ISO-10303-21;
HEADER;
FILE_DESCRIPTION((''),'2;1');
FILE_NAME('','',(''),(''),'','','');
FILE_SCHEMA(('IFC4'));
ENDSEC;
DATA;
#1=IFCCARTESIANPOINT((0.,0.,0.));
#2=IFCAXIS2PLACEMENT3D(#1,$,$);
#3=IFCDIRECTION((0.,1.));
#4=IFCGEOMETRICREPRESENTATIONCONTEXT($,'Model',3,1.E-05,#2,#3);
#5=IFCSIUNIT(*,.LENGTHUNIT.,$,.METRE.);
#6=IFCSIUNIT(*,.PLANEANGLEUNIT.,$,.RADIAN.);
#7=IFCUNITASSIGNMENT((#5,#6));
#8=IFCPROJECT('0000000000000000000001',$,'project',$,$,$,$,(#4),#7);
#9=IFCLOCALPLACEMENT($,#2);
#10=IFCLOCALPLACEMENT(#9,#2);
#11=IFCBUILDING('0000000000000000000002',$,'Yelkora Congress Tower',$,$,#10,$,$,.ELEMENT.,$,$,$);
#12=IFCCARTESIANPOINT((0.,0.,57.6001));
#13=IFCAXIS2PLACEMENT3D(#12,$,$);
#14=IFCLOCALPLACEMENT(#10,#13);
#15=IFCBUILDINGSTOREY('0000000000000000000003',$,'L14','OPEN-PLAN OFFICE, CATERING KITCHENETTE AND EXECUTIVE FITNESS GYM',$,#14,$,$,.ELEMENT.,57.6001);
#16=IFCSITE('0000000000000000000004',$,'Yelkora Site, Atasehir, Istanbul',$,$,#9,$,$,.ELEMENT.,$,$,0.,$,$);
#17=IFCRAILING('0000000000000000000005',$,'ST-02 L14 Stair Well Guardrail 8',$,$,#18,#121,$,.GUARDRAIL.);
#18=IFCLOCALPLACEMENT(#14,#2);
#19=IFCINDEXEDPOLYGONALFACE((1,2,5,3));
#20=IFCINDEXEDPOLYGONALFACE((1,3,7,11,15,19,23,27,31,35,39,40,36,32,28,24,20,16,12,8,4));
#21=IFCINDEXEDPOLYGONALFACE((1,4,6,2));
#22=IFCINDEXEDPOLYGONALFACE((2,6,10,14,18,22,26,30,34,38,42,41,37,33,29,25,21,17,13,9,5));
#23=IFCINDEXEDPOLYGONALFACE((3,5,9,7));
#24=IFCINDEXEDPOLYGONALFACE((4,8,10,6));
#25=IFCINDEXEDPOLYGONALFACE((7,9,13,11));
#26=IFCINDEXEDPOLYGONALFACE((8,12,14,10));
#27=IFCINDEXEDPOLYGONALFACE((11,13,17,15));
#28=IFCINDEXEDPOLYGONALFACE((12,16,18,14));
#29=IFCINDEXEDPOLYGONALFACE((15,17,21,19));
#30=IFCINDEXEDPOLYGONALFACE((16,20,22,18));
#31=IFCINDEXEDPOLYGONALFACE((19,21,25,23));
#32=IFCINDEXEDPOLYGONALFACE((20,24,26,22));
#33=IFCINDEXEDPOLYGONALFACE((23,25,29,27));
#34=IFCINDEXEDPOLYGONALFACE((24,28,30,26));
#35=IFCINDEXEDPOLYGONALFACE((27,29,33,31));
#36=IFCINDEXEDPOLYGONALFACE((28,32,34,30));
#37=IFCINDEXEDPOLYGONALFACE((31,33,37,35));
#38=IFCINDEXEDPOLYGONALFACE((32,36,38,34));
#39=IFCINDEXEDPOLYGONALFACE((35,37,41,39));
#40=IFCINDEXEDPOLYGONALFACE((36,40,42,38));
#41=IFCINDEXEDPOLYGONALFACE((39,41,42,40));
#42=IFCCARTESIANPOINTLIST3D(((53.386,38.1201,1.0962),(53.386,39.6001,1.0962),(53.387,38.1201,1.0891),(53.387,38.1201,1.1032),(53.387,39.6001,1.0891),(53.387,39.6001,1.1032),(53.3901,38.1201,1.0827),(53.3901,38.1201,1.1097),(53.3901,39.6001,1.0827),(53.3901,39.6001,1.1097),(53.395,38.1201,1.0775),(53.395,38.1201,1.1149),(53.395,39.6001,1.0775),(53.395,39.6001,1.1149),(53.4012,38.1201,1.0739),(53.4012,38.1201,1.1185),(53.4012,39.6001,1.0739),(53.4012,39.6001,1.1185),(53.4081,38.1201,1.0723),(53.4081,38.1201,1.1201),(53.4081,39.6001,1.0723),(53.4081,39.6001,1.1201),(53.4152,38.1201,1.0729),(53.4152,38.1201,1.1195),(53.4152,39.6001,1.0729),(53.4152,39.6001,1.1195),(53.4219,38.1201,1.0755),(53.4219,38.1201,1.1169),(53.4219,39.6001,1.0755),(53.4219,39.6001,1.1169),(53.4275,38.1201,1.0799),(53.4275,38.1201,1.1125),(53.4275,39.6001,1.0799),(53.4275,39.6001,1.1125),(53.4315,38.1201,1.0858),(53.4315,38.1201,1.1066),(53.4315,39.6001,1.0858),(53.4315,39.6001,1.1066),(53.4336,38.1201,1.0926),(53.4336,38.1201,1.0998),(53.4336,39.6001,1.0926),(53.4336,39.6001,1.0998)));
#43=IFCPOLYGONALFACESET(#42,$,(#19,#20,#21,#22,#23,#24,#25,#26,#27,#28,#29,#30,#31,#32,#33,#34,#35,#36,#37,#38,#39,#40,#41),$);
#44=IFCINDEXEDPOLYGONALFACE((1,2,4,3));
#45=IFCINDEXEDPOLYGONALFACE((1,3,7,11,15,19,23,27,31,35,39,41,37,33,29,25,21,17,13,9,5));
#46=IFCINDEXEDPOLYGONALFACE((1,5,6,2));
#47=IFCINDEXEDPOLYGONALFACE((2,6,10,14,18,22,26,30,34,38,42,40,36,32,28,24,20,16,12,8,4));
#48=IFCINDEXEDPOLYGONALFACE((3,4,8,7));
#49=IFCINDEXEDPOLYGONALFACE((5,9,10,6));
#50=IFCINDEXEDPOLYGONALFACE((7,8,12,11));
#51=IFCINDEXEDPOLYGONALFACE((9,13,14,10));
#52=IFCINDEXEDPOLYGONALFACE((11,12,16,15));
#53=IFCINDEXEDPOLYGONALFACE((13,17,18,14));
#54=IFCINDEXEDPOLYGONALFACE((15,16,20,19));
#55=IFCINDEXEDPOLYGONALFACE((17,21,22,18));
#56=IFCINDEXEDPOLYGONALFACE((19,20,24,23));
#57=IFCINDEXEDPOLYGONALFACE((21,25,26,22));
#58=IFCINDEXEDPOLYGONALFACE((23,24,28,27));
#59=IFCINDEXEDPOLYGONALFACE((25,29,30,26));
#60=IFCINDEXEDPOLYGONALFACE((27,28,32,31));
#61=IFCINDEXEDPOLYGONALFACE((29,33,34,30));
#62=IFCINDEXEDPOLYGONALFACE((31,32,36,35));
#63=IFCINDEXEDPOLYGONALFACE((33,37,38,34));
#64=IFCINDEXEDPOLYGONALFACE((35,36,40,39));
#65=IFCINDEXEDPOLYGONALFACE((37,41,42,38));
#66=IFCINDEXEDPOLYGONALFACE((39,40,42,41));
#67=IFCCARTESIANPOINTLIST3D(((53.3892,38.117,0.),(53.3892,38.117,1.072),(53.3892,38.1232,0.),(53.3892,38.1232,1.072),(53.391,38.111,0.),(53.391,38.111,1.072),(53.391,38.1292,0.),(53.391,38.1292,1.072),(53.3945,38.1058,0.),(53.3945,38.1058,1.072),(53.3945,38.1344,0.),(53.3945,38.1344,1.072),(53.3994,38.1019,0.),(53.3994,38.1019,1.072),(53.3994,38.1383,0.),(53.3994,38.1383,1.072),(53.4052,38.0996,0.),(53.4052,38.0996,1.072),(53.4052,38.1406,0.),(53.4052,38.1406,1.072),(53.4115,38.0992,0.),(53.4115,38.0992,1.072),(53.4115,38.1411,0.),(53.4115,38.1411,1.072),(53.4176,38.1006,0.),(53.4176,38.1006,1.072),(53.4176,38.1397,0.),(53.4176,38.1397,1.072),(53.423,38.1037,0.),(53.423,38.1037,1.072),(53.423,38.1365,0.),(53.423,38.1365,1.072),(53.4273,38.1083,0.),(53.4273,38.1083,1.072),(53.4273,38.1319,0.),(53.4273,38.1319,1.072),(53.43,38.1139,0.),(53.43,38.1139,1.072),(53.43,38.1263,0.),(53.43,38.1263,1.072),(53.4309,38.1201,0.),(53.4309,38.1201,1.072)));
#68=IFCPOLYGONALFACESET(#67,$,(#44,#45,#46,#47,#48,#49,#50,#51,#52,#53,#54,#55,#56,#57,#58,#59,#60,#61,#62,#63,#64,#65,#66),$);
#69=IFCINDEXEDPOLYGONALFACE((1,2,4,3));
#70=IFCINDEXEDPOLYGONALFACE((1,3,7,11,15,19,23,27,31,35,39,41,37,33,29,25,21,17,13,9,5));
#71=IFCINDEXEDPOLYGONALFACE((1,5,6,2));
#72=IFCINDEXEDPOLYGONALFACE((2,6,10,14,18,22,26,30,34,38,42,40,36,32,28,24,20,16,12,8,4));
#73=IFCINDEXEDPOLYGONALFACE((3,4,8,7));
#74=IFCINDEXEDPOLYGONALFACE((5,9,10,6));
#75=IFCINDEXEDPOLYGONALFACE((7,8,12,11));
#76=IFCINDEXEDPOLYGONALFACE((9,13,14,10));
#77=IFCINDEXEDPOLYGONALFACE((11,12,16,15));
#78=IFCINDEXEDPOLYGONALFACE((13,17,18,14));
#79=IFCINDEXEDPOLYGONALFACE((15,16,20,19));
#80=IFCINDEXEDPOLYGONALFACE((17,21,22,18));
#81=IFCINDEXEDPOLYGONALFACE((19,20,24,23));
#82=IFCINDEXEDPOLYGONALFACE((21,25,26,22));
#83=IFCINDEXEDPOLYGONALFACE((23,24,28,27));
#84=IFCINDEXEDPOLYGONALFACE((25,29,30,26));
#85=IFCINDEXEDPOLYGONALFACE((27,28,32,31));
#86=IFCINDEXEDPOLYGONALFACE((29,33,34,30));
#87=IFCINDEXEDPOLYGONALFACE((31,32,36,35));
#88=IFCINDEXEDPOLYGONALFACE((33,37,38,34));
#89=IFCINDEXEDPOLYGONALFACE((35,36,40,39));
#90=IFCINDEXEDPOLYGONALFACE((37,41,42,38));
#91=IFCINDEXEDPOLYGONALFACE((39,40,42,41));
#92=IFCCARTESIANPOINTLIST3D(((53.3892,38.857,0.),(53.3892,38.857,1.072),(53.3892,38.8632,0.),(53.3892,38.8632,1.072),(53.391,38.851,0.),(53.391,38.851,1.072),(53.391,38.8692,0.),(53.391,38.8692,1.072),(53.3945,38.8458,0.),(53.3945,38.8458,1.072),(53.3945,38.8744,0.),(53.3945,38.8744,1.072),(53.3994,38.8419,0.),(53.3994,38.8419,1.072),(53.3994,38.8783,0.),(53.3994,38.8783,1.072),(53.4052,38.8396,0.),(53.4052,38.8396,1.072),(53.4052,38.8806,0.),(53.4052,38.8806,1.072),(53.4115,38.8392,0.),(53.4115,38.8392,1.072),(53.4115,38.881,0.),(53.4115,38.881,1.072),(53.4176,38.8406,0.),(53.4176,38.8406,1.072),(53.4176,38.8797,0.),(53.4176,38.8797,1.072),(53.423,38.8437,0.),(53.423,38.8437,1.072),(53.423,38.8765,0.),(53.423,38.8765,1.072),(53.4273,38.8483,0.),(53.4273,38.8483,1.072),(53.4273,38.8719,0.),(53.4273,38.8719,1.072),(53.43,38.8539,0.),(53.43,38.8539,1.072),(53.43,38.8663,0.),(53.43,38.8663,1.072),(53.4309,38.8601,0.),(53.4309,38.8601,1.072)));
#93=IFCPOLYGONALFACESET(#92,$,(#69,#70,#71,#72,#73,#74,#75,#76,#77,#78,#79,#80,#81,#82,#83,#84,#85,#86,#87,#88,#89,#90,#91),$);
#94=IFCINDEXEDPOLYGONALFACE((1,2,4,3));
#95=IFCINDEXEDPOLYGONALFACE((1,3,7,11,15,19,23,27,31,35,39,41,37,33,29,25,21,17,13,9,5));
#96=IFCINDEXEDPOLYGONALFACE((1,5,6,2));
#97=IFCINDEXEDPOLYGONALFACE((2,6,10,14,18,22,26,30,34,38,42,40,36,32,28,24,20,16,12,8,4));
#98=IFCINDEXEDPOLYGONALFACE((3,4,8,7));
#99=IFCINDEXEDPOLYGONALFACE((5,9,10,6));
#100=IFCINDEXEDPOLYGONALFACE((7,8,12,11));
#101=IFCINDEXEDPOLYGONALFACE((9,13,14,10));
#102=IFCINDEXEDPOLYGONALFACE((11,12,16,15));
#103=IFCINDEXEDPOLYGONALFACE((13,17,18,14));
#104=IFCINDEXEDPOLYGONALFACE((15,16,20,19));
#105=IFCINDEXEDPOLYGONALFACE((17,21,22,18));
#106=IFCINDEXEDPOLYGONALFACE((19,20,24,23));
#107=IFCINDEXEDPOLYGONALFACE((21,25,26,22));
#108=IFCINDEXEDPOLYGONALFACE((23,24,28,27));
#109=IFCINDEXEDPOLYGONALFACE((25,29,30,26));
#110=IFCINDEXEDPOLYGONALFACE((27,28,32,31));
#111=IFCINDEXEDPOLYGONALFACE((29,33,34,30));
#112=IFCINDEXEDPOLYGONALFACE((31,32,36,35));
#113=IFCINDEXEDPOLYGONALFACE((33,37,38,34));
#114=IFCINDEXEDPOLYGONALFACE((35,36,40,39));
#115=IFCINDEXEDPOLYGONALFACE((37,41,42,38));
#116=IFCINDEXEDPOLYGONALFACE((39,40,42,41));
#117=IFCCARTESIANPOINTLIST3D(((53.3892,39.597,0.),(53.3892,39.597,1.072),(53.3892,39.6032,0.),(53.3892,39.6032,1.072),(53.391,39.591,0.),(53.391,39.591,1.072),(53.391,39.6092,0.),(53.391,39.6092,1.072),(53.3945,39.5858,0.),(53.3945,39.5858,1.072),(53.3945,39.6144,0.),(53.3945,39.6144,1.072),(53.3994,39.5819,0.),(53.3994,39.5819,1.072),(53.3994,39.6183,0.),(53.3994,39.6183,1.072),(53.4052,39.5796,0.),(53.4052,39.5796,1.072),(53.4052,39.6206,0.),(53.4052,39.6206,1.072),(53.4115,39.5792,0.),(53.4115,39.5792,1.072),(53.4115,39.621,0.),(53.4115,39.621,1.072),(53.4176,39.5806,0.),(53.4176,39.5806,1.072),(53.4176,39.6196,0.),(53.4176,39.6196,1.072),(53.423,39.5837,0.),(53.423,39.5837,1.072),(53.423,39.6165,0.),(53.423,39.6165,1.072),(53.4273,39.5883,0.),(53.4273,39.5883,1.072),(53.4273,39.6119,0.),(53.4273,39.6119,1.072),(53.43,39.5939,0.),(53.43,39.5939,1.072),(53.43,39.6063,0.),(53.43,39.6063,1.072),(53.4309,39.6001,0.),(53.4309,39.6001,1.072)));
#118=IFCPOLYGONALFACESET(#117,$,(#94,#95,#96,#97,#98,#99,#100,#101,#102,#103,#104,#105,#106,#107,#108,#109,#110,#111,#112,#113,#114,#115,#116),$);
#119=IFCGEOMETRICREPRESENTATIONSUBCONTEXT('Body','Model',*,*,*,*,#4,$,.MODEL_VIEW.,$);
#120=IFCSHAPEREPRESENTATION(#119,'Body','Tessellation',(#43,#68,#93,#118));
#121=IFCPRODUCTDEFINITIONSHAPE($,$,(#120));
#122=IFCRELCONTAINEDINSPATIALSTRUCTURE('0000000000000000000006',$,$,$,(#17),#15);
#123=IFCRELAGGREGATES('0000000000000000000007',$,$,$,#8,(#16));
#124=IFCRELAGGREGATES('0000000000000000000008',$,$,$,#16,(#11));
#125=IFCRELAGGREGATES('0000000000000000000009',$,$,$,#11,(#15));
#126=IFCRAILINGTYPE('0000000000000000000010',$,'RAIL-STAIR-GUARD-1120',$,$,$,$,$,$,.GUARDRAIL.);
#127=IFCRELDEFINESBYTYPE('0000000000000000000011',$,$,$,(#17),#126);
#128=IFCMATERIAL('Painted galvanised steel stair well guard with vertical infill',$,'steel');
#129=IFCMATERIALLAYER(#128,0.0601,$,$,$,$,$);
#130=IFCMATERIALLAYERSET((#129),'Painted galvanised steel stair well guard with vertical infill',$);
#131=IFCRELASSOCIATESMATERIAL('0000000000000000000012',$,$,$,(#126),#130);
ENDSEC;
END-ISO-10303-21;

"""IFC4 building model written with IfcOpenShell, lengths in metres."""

from ifc_helpers import new_model, si_unit, direction, frame, origin, origin_2d, place, context, subcontext, project, spatial, circle, extrude, material, layer, layer_set, type_object, element, save


model = new_model("IFC4")

# Units and contexts
model_context = context("Model", 3, precision=1e-05, world=origin(), true_north=direction((0.0, 1.0)))
body_context = subcontext(model_context, "Body", "Model", "MODEL_VIEW")
ifc_project = project(units=[si_unit("LENGTHUNIT", "METRE"), si_unit("PLANEANGLEUNIT", "RADIAN")], contexts=[model_context])

# Site, building, storey
site_placement = place(None, origin())
site = spatial("IfcSite", under=ifc_project, at=site_placement, Name="Yelkora Site, Atasehir, Istanbul", CompositionType="ELEMENT", RefElevation=0.0)
building_placement = place(site_placement, origin())
building = spatial("IfcBuilding", under=site, at=building_placement, Name="Yelkora Congress Tower", CompositionType="ELEMENT")
storey_placement = place(building_placement, frame((0.0, 0.0, 57.6001)))
storey = spatial("IfcBuildingStorey", under=building, at=storey_placement, Name="L14", Description="OPEN-PLAN OFFICE, CATERING KITCHENETTE AND EXECUTIVE FITNESS GYM", CompositionType="ELEMENT", Elevation=57.6001)

# Railing
ifc_material_1 = material(Name="Painted galvanised steel stair well guard with vertical infill", Category="steel")
ifc_layer_1 = layer(ifc_material_1, 0.0601)
ifc_layer_set_1 = layer_set([ifc_layer_1], Name="Painted galvanised steel stair well guard with vertical infill")
railing_type_1 = type_object("IfcRailingType", Name="RAIL-STAIR-GUARD-1120", PredefinedType="GUARDRAIL", material=ifc_layer_set_1)
railing_1_placement = place(storey_placement, frame((53.4099, 38.1201, 0.0)))
element("IfcRailing", 1, at=railing_1_placement, inside=storey, type_object=railing_type_1, Name="ST-02 L14 Stair Well Guardrail 8", PredefinedType="GUARDRAIL", context=body_context, shape_type="SweptSolid", body=[
    extrude(circle(Radius=0.0239, at=origin_2d()), frame((0.0, 0.0, 1.0962), z_axis=(0.0, 1.0, 0.0), x_axis=(-1.0, 0.0, 0.0)), (0.0, 0.0, 1.0), 1.48),
    extrude(circle(Radius=0.021, at=origin_2d()), origin(), (0.0, 0.0, 1.0), 1.072),
    extrude(circle(Radius=0.021, at=origin_2d()), frame((0.0, 0.74, 0.0)), (0.0, 0.0, 1.0), 1.072),
    extrude(circle(Radius=0.021, at=origin_2d()), frame((0.0, 1.48, 0.0)), (0.0, 0.0, 1.0), 1.072),
])

save(model, "model.ifc")
